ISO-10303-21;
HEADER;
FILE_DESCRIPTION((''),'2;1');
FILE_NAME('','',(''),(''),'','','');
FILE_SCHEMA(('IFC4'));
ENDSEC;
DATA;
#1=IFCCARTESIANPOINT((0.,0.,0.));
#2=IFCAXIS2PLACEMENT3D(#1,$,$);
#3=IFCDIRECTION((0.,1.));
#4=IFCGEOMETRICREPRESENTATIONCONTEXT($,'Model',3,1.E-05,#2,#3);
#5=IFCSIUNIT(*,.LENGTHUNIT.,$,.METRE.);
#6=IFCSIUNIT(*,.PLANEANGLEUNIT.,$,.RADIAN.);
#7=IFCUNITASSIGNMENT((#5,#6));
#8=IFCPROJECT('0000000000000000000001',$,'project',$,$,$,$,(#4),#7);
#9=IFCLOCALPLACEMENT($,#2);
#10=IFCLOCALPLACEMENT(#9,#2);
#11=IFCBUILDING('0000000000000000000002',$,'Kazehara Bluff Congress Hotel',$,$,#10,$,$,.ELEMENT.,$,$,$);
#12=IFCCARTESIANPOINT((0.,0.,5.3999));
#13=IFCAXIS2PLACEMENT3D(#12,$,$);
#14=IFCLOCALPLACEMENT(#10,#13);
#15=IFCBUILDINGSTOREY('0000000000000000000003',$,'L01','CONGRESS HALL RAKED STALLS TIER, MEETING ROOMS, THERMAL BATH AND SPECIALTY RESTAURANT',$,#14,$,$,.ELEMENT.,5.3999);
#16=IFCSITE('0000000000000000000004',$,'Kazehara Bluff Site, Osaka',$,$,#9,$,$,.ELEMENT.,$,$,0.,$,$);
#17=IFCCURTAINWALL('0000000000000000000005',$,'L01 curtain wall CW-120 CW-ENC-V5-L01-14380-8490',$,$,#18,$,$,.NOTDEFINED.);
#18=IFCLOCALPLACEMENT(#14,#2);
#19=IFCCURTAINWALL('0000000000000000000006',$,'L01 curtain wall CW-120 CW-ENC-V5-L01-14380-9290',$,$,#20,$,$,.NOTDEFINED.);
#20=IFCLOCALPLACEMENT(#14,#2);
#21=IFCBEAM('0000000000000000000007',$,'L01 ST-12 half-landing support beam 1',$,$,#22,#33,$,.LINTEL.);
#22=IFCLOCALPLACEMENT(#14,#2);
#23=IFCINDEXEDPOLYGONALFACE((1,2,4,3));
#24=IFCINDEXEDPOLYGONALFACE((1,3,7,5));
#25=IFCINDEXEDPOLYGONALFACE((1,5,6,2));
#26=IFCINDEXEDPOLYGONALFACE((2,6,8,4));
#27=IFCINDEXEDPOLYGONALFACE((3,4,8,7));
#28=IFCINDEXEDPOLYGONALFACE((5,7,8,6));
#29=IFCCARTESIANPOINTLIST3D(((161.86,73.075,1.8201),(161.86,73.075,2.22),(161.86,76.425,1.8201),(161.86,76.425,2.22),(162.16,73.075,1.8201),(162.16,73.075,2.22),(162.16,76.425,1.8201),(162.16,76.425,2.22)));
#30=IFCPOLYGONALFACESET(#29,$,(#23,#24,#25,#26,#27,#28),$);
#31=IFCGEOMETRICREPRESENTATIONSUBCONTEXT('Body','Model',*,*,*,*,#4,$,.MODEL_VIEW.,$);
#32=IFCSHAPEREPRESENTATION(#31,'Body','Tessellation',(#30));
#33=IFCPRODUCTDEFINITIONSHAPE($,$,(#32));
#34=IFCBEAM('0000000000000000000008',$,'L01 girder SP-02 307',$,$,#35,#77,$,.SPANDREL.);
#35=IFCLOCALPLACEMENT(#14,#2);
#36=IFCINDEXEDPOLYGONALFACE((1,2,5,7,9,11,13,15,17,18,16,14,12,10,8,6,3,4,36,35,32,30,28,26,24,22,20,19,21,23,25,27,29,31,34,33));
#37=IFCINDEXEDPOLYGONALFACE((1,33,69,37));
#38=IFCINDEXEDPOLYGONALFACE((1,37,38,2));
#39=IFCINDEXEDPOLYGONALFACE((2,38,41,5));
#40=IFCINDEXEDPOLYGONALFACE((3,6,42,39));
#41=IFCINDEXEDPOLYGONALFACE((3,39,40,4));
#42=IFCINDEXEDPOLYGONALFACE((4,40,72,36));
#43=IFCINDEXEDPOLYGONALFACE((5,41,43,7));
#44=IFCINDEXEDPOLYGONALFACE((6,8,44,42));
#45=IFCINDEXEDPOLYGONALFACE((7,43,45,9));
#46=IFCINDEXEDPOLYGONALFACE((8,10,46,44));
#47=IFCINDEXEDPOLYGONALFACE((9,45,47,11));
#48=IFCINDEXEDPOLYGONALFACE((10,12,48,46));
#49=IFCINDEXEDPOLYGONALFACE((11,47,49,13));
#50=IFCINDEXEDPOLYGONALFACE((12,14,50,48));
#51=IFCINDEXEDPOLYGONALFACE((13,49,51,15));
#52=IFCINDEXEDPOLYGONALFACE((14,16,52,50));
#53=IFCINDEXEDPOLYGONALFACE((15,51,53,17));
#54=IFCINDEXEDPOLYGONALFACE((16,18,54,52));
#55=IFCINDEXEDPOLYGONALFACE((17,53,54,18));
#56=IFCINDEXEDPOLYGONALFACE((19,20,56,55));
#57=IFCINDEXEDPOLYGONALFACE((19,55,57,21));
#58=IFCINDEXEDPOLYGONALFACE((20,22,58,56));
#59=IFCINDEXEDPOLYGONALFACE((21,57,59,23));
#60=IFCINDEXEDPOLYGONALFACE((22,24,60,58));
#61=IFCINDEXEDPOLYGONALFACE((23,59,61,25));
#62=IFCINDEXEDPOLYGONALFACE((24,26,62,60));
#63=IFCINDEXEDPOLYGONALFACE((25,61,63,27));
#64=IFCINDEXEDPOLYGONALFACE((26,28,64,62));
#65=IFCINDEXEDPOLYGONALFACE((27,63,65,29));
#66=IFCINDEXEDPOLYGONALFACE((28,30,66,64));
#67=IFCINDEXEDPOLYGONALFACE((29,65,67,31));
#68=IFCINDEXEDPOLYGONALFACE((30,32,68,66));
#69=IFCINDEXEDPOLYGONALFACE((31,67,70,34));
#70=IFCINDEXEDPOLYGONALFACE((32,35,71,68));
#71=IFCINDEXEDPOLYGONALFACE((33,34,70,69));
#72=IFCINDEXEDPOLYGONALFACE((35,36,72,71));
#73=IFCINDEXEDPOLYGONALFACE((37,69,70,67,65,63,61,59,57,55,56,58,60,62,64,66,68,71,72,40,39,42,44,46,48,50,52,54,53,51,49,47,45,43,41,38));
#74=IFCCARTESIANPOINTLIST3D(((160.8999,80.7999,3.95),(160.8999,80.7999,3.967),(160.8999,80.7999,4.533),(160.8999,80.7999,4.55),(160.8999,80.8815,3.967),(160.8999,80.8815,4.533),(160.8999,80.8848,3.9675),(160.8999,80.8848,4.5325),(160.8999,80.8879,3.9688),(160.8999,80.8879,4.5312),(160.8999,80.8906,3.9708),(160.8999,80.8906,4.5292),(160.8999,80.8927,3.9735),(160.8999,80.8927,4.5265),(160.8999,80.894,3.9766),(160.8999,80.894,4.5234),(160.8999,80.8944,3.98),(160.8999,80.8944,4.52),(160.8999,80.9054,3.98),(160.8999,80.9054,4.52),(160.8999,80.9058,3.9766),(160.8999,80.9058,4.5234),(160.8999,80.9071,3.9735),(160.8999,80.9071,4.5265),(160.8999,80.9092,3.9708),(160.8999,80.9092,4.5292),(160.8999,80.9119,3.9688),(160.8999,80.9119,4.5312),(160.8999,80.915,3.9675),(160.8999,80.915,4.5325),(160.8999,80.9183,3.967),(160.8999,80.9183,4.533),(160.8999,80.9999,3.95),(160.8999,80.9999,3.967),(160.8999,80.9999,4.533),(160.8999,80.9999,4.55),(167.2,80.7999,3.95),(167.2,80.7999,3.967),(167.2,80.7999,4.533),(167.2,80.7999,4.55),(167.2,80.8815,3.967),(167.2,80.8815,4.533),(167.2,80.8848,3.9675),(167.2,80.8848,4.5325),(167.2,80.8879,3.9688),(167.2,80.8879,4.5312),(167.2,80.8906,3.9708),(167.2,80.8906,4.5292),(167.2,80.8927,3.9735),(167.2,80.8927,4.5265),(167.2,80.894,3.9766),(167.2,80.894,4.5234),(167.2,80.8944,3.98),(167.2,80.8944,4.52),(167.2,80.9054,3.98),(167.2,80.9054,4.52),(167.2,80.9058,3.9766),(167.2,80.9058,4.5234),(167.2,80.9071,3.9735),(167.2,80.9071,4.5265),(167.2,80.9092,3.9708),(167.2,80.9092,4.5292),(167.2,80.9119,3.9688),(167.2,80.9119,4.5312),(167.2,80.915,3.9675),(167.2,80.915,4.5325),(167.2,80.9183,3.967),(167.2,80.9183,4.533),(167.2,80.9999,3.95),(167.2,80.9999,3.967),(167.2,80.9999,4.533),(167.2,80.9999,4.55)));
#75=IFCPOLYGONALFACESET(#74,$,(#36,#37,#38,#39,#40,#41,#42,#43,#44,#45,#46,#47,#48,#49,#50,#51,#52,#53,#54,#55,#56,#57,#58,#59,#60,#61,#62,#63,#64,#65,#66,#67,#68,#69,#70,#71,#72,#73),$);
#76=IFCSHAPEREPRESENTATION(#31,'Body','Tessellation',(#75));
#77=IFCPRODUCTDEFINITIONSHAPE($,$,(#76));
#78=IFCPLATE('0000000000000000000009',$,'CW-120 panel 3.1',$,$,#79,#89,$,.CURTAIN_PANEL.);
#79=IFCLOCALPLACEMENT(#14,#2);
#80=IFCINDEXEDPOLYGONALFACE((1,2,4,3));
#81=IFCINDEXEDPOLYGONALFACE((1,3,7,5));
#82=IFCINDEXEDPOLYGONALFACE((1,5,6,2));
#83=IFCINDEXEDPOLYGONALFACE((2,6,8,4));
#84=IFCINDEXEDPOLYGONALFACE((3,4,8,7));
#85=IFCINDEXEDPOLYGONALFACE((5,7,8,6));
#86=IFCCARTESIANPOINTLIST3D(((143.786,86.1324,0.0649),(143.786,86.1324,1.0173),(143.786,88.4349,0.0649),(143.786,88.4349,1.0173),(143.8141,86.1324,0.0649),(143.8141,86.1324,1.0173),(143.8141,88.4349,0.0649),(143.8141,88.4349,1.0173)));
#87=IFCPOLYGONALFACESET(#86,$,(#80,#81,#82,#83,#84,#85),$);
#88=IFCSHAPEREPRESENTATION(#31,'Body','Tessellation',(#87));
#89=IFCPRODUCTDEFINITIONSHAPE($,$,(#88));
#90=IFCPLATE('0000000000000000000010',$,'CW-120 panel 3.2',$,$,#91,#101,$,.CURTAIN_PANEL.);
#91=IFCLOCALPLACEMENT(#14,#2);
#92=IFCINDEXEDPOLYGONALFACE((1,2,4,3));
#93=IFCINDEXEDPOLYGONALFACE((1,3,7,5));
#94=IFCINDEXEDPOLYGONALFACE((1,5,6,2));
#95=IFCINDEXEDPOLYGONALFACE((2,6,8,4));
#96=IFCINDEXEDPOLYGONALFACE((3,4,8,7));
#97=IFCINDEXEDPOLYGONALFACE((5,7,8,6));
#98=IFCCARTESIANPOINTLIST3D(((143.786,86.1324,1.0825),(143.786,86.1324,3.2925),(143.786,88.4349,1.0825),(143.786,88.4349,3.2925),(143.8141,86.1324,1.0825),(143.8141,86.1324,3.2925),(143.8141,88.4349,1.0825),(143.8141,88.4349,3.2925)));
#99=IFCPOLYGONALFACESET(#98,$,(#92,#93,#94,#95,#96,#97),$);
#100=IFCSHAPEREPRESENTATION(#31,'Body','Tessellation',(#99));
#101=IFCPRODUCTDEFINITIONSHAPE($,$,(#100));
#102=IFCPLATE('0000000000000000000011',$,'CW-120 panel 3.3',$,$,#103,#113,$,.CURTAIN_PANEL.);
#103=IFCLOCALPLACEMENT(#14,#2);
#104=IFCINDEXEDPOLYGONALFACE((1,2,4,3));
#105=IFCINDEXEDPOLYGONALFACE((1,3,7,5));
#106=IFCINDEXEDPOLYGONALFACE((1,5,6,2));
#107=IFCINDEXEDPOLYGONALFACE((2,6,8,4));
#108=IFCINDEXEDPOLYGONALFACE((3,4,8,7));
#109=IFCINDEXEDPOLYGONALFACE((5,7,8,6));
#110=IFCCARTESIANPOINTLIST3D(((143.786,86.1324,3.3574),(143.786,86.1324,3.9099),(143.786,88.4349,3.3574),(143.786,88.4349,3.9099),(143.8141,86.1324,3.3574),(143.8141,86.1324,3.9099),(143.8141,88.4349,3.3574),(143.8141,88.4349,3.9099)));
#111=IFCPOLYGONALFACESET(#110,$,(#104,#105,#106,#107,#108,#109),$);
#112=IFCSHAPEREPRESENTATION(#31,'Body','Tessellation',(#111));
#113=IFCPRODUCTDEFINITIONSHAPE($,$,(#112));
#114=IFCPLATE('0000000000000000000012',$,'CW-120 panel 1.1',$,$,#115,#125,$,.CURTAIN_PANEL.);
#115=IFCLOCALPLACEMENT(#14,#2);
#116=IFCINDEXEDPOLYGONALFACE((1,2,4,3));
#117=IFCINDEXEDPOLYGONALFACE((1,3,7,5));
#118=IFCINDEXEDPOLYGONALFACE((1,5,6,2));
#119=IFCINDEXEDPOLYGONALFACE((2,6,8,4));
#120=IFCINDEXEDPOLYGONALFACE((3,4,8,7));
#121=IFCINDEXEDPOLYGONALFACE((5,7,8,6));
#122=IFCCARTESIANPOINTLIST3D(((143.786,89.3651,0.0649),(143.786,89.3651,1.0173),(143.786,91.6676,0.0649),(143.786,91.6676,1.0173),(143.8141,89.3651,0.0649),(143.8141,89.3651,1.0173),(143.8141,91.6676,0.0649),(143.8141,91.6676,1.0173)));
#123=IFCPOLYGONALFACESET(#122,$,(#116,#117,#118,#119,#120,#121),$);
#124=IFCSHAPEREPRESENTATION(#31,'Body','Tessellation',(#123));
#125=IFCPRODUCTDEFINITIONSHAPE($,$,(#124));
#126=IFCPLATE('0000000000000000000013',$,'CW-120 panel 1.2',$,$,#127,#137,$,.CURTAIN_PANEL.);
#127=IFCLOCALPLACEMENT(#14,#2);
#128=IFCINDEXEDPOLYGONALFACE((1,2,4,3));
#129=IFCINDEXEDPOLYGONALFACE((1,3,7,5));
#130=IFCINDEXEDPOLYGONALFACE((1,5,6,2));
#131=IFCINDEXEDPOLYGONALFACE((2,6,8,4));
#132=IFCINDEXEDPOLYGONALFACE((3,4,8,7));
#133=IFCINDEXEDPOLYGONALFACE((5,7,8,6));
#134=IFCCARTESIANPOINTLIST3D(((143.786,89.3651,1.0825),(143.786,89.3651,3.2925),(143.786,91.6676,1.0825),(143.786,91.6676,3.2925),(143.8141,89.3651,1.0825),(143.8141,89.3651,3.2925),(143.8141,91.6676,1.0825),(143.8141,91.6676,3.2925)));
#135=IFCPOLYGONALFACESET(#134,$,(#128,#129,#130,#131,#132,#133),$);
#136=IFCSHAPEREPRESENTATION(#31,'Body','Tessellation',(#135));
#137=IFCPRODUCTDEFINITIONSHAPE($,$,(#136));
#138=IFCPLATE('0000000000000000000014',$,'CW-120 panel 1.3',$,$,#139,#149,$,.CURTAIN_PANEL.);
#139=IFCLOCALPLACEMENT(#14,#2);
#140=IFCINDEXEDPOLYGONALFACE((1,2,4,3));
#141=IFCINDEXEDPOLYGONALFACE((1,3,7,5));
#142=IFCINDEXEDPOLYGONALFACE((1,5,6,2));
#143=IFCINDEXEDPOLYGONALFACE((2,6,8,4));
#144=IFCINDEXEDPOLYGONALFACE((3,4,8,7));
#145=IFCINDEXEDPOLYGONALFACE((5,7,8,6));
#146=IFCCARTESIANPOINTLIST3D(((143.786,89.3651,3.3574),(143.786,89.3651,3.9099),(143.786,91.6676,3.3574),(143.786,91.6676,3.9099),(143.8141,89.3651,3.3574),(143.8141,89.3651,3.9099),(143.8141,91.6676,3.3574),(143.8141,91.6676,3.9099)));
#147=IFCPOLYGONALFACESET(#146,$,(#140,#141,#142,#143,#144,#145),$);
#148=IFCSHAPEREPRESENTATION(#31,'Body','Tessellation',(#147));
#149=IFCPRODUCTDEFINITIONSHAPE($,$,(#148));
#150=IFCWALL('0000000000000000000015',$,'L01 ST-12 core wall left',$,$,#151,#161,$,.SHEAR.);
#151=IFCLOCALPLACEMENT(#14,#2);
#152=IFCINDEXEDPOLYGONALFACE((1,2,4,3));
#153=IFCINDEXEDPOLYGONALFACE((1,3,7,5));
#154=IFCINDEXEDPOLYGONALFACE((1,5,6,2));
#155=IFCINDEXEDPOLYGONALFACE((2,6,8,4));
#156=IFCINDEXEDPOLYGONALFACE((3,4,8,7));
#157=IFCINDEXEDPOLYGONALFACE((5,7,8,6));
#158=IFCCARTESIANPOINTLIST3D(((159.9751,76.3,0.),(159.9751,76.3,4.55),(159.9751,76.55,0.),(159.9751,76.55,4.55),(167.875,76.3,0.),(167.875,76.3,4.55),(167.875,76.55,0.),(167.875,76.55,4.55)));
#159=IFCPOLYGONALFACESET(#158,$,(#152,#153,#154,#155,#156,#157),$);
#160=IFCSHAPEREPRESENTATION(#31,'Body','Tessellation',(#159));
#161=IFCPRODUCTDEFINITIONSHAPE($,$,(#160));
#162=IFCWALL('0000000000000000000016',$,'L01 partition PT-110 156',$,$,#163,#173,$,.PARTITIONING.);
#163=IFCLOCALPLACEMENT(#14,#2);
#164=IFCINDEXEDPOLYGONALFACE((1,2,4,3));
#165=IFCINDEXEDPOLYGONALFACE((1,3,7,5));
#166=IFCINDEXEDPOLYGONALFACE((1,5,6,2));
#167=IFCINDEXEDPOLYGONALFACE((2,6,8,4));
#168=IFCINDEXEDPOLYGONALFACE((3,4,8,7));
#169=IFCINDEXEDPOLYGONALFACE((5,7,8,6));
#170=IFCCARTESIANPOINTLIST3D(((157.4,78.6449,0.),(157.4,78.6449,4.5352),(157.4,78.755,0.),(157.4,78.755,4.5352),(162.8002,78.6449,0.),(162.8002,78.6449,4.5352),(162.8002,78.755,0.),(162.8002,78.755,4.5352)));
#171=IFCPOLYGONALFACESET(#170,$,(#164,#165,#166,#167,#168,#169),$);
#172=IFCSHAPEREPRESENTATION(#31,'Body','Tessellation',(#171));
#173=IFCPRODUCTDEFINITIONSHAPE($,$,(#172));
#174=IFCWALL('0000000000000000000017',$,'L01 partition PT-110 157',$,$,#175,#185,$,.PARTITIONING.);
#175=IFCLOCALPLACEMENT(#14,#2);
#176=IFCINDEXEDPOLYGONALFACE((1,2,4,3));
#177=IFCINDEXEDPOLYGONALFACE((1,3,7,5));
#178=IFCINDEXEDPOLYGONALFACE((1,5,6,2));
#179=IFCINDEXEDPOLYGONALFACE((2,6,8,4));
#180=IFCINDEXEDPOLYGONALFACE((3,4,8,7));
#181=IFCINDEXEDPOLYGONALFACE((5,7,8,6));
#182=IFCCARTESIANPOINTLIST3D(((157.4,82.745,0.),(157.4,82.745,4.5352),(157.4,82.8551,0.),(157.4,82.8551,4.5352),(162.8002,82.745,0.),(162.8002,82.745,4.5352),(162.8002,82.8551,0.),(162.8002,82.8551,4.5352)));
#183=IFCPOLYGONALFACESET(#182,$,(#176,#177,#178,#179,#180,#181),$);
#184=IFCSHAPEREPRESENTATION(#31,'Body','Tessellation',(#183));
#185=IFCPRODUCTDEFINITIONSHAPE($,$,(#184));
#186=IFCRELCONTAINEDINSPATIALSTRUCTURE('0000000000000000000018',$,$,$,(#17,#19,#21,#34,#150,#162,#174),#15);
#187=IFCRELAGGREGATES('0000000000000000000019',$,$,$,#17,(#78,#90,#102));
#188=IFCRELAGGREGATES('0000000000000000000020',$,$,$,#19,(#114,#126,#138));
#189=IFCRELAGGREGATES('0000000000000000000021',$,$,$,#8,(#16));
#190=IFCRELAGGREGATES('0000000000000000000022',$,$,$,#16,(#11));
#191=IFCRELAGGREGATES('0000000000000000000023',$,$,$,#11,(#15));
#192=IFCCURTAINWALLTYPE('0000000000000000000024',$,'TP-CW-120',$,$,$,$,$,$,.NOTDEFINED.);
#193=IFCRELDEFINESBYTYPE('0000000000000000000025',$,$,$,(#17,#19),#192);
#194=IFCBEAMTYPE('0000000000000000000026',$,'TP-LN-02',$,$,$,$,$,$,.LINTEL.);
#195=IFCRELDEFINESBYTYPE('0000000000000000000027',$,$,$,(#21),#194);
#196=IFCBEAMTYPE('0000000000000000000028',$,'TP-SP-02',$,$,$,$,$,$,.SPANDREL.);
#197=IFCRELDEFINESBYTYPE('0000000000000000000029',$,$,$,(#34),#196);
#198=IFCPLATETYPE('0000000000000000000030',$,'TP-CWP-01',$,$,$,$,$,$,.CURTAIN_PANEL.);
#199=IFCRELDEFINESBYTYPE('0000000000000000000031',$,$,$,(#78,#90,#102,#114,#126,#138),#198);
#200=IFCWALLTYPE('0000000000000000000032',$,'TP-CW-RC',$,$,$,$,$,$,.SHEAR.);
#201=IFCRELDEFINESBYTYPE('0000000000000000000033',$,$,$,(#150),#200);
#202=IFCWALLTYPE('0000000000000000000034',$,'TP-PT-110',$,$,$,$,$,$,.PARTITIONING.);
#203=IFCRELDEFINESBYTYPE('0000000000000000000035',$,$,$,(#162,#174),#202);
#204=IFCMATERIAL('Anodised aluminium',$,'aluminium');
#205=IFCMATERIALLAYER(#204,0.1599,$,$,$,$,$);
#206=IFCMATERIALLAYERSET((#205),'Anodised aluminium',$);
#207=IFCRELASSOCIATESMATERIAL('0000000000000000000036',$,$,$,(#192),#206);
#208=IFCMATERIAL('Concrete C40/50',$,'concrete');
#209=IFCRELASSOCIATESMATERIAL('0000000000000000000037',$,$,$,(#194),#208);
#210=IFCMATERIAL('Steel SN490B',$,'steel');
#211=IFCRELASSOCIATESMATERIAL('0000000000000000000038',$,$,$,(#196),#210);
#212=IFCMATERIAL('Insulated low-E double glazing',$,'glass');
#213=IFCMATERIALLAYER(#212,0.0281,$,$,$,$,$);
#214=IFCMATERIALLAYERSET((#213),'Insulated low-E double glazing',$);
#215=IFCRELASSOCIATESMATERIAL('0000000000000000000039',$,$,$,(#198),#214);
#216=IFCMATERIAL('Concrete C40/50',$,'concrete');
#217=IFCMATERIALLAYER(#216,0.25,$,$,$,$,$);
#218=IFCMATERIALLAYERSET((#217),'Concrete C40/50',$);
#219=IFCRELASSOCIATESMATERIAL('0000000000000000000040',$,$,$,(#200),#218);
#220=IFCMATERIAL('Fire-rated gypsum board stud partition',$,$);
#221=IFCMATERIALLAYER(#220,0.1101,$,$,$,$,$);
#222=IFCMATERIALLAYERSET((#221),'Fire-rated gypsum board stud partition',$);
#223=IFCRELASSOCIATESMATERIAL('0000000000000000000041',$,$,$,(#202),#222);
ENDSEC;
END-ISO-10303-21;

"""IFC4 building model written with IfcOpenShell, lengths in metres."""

from ifc_helpers import new_model, si_unit, direction, frame, frame_2d, origin, origin_2d, place, context, subcontext, project, spatial, rectangle, i_section, extrude, material, layer, layer_set, material_profile, profile_set, type_object, element, aggregate, save


model = new_model("IFC4")

# Units and contexts
model_context = context("Model", 3, precision=1e-05, world=origin(), true_north=direction((0.0, 1.0)))
body_context = subcontext(model_context, "Body", "Model", "MODEL_VIEW")
ifc_project = project(units=[si_unit("LENGTHUNIT", "METRE"), si_unit("PLANEANGLEUNIT", "RADIAN")], contexts=[model_context])

# Site, building, storey
site_placement = place(None, origin())
site = spatial("IfcSite", under=ifc_project, at=site_placement, Name="Kazehara Bluff Site, Osaka", CompositionType="ELEMENT", RefElevation=0.0)
building_placement = place(site_placement, origin())
building = spatial("IfcBuilding", under=site, at=building_placement, Name="Kazehara Bluff Congress Hotel", CompositionType="ELEMENT")
storey_placement = place(building_placement, frame((0.0, 0.0, 5.3999)))
storey = spatial("IfcBuildingStorey", under=building, at=storey_placement, Name="L01", Description="CONGRESS HALL RAKED STALLS TIER, MEETING ROOMS, THERMAL BATH AND SPECIALTY RESTAURANT", CompositionType="ELEMENT", Elevation=5.3999)

# Curtain walls
ifc_material_1 = material(Name="Anodised aluminium", Category="aluminium")
ifc_layer_1 = layer(ifc_material_1, 0.1599)
ifc_layer_set_1 = layer_set([ifc_layer_1], Name="Anodised aluminium")
curtain_wall_type = type_object("IfcCurtainWallType", Name="TP-CW-120", PredefinedType="NOTDEFINED", material=ifc_layer_set_1)
curtain_wall_1_placement = place(storey_placement, origin())
curtain_wall_1 = element("IfcCurtainWall", 1, at=curtain_wall_1_placement, inside=storey, type_object=curtain_wall_type, Name="L01 curtain wall CW-120 CW-ENC-V5-L01-14380-8490", PredefinedType="NOTDEFINED")
curtain_wall_2_placement = place(storey_placement, origin())
curtain_wall_2 = element("IfcCurtainWall", 2, at=curtain_wall_2_placement, inside=storey, type_object=curtain_wall_type, Name="L01 curtain wall CW-120 CW-ENC-V5-L01-14380-9290", PredefinedType="NOTDEFINED")

# Beams
ifc_material_2 = material(Name="Concrete C40/50", Category="concrete")
ifc_material_profile_1 = material_profile(ifc_material_2, rectangle(XDim=0.3, YDim=0.3999, at=origin_2d()))
ifc_profile_set_1 = profile_set([ifc_material_profile_1], Name="Concrete C40/50")
beam_type_1 = type_object("IfcBeamType", Name="TP-LN-02", PredefinedType="LINTEL", material=ifc_profile_set_1)
beam_1_placement = place(storey_placement, frame((162.01, 76.425, 2.02), z_axis=(0.0, -1.0, 0.0), x_axis=(1.0, 0.0, 0.0)))
element("IfcBeam", 3, at=beam_1_placement, inside=storey, type_object=beam_type_1, Name="L01 ST-12 half-landing support beam 1", PredefinedType="LINTEL", context=body_context, shape_type="SweptSolid", body=[
    extrude(rectangle(XDim=0.3, YDim=0.3999, at=origin_2d()), origin(), (0.0, 0.0, 1.0), 3.3501),
])
ifc_material_3 = material(Name="Steel SN490B", Category="steel")
ifc_material_profile_2 = material_profile(ifc_material_3, i_section(OverallWidth=0.2, OverallDepth=0.6001, WebThickness=0.011, FlangeThickness=0.0171, FilletRadius=0.0129, at=origin_2d()))
ifc_profile_set_2 = profile_set([ifc_material_profile_2], Name="Steel SN490B")
beam_type_2 = type_object("IfcBeamType", Name="TP-SP-02", PredefinedType="SPANDREL", material=ifc_profile_set_2)
beam_2_placement = place(storey_placement, frame((160.8999, 80.8999, 4.25), z_axis=(1.0, 0.0, 0.0), x_axis=(0.0, 1.0, 0.0)))
element("IfcBeam", 4, at=beam_2_placement, inside=storey, type_object=beam_type_2, Name="L01 girder SP-02 307", PredefinedType="SPANDREL", context=body_context, shape_type="SweptSolid", body=[
    extrude(i_section(OverallWidth=0.2, OverallDepth=0.6001, WebThickness=0.011, FlangeThickness=0.0171, FilletRadius=0.0129, at=origin_2d()), origin(), (0.0, 0.0, 1.0), 6.3),
])

# Plates
ifc_material_4 = material(Name="Insulated low-E double glazing", Category="glass")
ifc_layer_2 = layer(ifc_material_4, 0.0281)
ifc_layer_set_2 = layer_set([ifc_layer_2], Name="Insulated low-E double glazing")
plate_type = type_object("IfcPlateType", Name="TP-CWP-01", PredefinedType="CURTAIN_PANEL", material=ifc_layer_set_2)
plate_1_placement = place(storey_placement, frame((143.8, 87.2837, 0.0649), z_axis=(0.0, 0.0, 1.0), x_axis=(0.0, 1.0, 0.0)))
plate_1 = element("IfcPlate", 5, at=plate_1_placement, type_object=plate_type, Name="CW-120 panel 3.1", PredefinedType="CURTAIN_PANEL", context=body_context, shape_type="SweptSolid", body=[
    extrude(rectangle(XDim=2.3025, YDim=0.0281, at=origin_2d()), origin(), (0.0, 0.0, 1.0), 0.9524),
])
plate_2_placement = place(storey_placement, frame((143.8, 87.2837, 1.0825), z_axis=(0.0, 0.0, 1.0), x_axis=(0.0, 1.0, 0.0)))
plate_2 = element("IfcPlate", 6, at=plate_2_placement, type_object=plate_type, Name="CW-120 panel 3.2", PredefinedType="CURTAIN_PANEL", context=body_context, shape_type="SweptSolid", body=[
    extrude(rectangle(XDim=2.3025, YDim=0.0281, at=origin_2d()), origin(), (0.0, 0.0, 1.0), 2.21),
])
plate_3_placement = place(storey_placement, frame((143.8, 87.2837, 3.3574), z_axis=(0.0, 0.0, 1.0), x_axis=(0.0, 1.0, 0.0)))
plate_3 = element("IfcPlate", 7, at=plate_3_placement, type_object=plate_type, Name="CW-120 panel 3.3", PredefinedType="CURTAIN_PANEL", context=body_context, shape_type="SweptSolid", body=[
    extrude(rectangle(XDim=2.3025, YDim=0.0281, at=origin_2d()), origin(), (0.0, 0.0, 1.0), 0.5525),
])
aggregate(curtain_wall_1, [plate_1, plate_2, plate_3])
plate_4_placement = place(storey_placement, frame((143.8, 90.5164, 0.0649), z_axis=(0.0, 0.0, 1.0), x_axis=(0.0, 1.0, 0.0)))
plate_4 = element("IfcPlate", 8, at=plate_4_placement, type_object=plate_type, Name="CW-120 panel 1.1", PredefinedType="CURTAIN_PANEL", context=body_context, shape_type="SweptSolid", body=[
    extrude(rectangle(XDim=2.3025, YDim=0.0281, at=origin_2d()), origin(), (0.0, 0.0, 1.0), 0.9524),
])
plate_5_placement = place(storey_placement, frame((143.8, 90.5164, 1.0825), z_axis=(0.0, 0.0, 1.0), x_axis=(0.0, 1.0, 0.0)))
plate_5 = element("IfcPlate", 9, at=plate_5_placement, type_object=plate_type, Name="CW-120 panel 1.2", PredefinedType="CURTAIN_PANEL", context=body_context, shape_type="SweptSolid", body=[
    extrude(rectangle(XDim=2.3025, YDim=0.0281, at=origin_2d()), origin(), (0.0, 0.0, 1.0), 2.21),
])
plate_6_placement = place(storey_placement, frame((143.8, 90.5164, 3.3574), z_axis=(0.0, 0.0, 1.0), x_axis=(0.0, 1.0, 0.0)))
plate_6 = element("IfcPlate", 10, at=plate_6_placement, type_object=plate_type, Name="CW-120 panel 1.3", PredefinedType="CURTAIN_PANEL", context=body_context, shape_type="SweptSolid", body=[
    extrude(rectangle(XDim=2.3025, YDim=0.0281, at=origin_2d()), origin(), (0.0, 0.0, 1.0), 0.5525),
])
aggregate(curtain_wall_2, [plate_4, plate_5, plate_6])

# Walls
ifc_material_5 = material(Name="Concrete C40/50", Category="concrete")
ifc_layer_3 = layer(ifc_material_5, 0.25)
ifc_layer_set_3 = layer_set([ifc_layer_3], Name="Concrete C40/50")
wall_type_1 = type_object("IfcWallType", Name="TP-CW-RC", PredefinedType="SHEAR", material=ifc_layer_set_3)
wall_1_placement = place(storey_placement, frame((159.9751, 76.425, 0.0), z_axis=(0.0, 0.0, 1.0), x_axis=(1.0, 0.0, 0.0)))
element("IfcWall", 11, at=wall_1_placement, inside=storey, type_object=wall_type_1, Name="L01 ST-12 core wall left", PredefinedType="SHEAR", context=body_context, shape_type="SweptSolid", body=[
    extrude(rectangle(XDim=7.8999, YDim=0.25, at=frame_2d((3.95, 0.0))), origin(), (0.0, 0.0, 1.0), 4.55),
])
ifc_material_6 = material(Name="Fire-rated gypsum board stud partition")
ifc_layer_4 = layer(ifc_material_6, 0.1101)
ifc_layer_set_4 = layer_set([ifc_layer_4], Name="Fire-rated gypsum board stud partition")
wall_type_2 = type_object("IfcWallType", Name="TP-PT-110", PredefinedType="PARTITIONING", material=ifc_layer_set_4)
for number, where, z_axis, x_axis, name in (
    (12, (157.3999, 78.7, 0.0), (0.0, 0.0, 1.0), (1.0, 0.0, 0.0), "L01 partition PT-110 156"),
    (13, (157.3999, 82.8, 0.0), (0.0, 0.0, 1.0), (1.0, 0.0, 0.0), "L01 partition PT-110 157"),
):
    element("IfcWall", number, at=place(storey_placement, frame(where, z_axis=z_axis, x_axis=x_axis)), inside=storey, type_object=wall_type_2, Name=name, PredefinedType="PARTITIONING", context=body_context, shape_type="SweptSolid", body=[
        extrude(rectangle(XDim=5.4001, YDim=0.1101, at=frame_2d((2.7002, 0.0))), origin(), (0.0, 0.0, 1.0), 4.5352),
    ])

save(model, "model.ifc")
